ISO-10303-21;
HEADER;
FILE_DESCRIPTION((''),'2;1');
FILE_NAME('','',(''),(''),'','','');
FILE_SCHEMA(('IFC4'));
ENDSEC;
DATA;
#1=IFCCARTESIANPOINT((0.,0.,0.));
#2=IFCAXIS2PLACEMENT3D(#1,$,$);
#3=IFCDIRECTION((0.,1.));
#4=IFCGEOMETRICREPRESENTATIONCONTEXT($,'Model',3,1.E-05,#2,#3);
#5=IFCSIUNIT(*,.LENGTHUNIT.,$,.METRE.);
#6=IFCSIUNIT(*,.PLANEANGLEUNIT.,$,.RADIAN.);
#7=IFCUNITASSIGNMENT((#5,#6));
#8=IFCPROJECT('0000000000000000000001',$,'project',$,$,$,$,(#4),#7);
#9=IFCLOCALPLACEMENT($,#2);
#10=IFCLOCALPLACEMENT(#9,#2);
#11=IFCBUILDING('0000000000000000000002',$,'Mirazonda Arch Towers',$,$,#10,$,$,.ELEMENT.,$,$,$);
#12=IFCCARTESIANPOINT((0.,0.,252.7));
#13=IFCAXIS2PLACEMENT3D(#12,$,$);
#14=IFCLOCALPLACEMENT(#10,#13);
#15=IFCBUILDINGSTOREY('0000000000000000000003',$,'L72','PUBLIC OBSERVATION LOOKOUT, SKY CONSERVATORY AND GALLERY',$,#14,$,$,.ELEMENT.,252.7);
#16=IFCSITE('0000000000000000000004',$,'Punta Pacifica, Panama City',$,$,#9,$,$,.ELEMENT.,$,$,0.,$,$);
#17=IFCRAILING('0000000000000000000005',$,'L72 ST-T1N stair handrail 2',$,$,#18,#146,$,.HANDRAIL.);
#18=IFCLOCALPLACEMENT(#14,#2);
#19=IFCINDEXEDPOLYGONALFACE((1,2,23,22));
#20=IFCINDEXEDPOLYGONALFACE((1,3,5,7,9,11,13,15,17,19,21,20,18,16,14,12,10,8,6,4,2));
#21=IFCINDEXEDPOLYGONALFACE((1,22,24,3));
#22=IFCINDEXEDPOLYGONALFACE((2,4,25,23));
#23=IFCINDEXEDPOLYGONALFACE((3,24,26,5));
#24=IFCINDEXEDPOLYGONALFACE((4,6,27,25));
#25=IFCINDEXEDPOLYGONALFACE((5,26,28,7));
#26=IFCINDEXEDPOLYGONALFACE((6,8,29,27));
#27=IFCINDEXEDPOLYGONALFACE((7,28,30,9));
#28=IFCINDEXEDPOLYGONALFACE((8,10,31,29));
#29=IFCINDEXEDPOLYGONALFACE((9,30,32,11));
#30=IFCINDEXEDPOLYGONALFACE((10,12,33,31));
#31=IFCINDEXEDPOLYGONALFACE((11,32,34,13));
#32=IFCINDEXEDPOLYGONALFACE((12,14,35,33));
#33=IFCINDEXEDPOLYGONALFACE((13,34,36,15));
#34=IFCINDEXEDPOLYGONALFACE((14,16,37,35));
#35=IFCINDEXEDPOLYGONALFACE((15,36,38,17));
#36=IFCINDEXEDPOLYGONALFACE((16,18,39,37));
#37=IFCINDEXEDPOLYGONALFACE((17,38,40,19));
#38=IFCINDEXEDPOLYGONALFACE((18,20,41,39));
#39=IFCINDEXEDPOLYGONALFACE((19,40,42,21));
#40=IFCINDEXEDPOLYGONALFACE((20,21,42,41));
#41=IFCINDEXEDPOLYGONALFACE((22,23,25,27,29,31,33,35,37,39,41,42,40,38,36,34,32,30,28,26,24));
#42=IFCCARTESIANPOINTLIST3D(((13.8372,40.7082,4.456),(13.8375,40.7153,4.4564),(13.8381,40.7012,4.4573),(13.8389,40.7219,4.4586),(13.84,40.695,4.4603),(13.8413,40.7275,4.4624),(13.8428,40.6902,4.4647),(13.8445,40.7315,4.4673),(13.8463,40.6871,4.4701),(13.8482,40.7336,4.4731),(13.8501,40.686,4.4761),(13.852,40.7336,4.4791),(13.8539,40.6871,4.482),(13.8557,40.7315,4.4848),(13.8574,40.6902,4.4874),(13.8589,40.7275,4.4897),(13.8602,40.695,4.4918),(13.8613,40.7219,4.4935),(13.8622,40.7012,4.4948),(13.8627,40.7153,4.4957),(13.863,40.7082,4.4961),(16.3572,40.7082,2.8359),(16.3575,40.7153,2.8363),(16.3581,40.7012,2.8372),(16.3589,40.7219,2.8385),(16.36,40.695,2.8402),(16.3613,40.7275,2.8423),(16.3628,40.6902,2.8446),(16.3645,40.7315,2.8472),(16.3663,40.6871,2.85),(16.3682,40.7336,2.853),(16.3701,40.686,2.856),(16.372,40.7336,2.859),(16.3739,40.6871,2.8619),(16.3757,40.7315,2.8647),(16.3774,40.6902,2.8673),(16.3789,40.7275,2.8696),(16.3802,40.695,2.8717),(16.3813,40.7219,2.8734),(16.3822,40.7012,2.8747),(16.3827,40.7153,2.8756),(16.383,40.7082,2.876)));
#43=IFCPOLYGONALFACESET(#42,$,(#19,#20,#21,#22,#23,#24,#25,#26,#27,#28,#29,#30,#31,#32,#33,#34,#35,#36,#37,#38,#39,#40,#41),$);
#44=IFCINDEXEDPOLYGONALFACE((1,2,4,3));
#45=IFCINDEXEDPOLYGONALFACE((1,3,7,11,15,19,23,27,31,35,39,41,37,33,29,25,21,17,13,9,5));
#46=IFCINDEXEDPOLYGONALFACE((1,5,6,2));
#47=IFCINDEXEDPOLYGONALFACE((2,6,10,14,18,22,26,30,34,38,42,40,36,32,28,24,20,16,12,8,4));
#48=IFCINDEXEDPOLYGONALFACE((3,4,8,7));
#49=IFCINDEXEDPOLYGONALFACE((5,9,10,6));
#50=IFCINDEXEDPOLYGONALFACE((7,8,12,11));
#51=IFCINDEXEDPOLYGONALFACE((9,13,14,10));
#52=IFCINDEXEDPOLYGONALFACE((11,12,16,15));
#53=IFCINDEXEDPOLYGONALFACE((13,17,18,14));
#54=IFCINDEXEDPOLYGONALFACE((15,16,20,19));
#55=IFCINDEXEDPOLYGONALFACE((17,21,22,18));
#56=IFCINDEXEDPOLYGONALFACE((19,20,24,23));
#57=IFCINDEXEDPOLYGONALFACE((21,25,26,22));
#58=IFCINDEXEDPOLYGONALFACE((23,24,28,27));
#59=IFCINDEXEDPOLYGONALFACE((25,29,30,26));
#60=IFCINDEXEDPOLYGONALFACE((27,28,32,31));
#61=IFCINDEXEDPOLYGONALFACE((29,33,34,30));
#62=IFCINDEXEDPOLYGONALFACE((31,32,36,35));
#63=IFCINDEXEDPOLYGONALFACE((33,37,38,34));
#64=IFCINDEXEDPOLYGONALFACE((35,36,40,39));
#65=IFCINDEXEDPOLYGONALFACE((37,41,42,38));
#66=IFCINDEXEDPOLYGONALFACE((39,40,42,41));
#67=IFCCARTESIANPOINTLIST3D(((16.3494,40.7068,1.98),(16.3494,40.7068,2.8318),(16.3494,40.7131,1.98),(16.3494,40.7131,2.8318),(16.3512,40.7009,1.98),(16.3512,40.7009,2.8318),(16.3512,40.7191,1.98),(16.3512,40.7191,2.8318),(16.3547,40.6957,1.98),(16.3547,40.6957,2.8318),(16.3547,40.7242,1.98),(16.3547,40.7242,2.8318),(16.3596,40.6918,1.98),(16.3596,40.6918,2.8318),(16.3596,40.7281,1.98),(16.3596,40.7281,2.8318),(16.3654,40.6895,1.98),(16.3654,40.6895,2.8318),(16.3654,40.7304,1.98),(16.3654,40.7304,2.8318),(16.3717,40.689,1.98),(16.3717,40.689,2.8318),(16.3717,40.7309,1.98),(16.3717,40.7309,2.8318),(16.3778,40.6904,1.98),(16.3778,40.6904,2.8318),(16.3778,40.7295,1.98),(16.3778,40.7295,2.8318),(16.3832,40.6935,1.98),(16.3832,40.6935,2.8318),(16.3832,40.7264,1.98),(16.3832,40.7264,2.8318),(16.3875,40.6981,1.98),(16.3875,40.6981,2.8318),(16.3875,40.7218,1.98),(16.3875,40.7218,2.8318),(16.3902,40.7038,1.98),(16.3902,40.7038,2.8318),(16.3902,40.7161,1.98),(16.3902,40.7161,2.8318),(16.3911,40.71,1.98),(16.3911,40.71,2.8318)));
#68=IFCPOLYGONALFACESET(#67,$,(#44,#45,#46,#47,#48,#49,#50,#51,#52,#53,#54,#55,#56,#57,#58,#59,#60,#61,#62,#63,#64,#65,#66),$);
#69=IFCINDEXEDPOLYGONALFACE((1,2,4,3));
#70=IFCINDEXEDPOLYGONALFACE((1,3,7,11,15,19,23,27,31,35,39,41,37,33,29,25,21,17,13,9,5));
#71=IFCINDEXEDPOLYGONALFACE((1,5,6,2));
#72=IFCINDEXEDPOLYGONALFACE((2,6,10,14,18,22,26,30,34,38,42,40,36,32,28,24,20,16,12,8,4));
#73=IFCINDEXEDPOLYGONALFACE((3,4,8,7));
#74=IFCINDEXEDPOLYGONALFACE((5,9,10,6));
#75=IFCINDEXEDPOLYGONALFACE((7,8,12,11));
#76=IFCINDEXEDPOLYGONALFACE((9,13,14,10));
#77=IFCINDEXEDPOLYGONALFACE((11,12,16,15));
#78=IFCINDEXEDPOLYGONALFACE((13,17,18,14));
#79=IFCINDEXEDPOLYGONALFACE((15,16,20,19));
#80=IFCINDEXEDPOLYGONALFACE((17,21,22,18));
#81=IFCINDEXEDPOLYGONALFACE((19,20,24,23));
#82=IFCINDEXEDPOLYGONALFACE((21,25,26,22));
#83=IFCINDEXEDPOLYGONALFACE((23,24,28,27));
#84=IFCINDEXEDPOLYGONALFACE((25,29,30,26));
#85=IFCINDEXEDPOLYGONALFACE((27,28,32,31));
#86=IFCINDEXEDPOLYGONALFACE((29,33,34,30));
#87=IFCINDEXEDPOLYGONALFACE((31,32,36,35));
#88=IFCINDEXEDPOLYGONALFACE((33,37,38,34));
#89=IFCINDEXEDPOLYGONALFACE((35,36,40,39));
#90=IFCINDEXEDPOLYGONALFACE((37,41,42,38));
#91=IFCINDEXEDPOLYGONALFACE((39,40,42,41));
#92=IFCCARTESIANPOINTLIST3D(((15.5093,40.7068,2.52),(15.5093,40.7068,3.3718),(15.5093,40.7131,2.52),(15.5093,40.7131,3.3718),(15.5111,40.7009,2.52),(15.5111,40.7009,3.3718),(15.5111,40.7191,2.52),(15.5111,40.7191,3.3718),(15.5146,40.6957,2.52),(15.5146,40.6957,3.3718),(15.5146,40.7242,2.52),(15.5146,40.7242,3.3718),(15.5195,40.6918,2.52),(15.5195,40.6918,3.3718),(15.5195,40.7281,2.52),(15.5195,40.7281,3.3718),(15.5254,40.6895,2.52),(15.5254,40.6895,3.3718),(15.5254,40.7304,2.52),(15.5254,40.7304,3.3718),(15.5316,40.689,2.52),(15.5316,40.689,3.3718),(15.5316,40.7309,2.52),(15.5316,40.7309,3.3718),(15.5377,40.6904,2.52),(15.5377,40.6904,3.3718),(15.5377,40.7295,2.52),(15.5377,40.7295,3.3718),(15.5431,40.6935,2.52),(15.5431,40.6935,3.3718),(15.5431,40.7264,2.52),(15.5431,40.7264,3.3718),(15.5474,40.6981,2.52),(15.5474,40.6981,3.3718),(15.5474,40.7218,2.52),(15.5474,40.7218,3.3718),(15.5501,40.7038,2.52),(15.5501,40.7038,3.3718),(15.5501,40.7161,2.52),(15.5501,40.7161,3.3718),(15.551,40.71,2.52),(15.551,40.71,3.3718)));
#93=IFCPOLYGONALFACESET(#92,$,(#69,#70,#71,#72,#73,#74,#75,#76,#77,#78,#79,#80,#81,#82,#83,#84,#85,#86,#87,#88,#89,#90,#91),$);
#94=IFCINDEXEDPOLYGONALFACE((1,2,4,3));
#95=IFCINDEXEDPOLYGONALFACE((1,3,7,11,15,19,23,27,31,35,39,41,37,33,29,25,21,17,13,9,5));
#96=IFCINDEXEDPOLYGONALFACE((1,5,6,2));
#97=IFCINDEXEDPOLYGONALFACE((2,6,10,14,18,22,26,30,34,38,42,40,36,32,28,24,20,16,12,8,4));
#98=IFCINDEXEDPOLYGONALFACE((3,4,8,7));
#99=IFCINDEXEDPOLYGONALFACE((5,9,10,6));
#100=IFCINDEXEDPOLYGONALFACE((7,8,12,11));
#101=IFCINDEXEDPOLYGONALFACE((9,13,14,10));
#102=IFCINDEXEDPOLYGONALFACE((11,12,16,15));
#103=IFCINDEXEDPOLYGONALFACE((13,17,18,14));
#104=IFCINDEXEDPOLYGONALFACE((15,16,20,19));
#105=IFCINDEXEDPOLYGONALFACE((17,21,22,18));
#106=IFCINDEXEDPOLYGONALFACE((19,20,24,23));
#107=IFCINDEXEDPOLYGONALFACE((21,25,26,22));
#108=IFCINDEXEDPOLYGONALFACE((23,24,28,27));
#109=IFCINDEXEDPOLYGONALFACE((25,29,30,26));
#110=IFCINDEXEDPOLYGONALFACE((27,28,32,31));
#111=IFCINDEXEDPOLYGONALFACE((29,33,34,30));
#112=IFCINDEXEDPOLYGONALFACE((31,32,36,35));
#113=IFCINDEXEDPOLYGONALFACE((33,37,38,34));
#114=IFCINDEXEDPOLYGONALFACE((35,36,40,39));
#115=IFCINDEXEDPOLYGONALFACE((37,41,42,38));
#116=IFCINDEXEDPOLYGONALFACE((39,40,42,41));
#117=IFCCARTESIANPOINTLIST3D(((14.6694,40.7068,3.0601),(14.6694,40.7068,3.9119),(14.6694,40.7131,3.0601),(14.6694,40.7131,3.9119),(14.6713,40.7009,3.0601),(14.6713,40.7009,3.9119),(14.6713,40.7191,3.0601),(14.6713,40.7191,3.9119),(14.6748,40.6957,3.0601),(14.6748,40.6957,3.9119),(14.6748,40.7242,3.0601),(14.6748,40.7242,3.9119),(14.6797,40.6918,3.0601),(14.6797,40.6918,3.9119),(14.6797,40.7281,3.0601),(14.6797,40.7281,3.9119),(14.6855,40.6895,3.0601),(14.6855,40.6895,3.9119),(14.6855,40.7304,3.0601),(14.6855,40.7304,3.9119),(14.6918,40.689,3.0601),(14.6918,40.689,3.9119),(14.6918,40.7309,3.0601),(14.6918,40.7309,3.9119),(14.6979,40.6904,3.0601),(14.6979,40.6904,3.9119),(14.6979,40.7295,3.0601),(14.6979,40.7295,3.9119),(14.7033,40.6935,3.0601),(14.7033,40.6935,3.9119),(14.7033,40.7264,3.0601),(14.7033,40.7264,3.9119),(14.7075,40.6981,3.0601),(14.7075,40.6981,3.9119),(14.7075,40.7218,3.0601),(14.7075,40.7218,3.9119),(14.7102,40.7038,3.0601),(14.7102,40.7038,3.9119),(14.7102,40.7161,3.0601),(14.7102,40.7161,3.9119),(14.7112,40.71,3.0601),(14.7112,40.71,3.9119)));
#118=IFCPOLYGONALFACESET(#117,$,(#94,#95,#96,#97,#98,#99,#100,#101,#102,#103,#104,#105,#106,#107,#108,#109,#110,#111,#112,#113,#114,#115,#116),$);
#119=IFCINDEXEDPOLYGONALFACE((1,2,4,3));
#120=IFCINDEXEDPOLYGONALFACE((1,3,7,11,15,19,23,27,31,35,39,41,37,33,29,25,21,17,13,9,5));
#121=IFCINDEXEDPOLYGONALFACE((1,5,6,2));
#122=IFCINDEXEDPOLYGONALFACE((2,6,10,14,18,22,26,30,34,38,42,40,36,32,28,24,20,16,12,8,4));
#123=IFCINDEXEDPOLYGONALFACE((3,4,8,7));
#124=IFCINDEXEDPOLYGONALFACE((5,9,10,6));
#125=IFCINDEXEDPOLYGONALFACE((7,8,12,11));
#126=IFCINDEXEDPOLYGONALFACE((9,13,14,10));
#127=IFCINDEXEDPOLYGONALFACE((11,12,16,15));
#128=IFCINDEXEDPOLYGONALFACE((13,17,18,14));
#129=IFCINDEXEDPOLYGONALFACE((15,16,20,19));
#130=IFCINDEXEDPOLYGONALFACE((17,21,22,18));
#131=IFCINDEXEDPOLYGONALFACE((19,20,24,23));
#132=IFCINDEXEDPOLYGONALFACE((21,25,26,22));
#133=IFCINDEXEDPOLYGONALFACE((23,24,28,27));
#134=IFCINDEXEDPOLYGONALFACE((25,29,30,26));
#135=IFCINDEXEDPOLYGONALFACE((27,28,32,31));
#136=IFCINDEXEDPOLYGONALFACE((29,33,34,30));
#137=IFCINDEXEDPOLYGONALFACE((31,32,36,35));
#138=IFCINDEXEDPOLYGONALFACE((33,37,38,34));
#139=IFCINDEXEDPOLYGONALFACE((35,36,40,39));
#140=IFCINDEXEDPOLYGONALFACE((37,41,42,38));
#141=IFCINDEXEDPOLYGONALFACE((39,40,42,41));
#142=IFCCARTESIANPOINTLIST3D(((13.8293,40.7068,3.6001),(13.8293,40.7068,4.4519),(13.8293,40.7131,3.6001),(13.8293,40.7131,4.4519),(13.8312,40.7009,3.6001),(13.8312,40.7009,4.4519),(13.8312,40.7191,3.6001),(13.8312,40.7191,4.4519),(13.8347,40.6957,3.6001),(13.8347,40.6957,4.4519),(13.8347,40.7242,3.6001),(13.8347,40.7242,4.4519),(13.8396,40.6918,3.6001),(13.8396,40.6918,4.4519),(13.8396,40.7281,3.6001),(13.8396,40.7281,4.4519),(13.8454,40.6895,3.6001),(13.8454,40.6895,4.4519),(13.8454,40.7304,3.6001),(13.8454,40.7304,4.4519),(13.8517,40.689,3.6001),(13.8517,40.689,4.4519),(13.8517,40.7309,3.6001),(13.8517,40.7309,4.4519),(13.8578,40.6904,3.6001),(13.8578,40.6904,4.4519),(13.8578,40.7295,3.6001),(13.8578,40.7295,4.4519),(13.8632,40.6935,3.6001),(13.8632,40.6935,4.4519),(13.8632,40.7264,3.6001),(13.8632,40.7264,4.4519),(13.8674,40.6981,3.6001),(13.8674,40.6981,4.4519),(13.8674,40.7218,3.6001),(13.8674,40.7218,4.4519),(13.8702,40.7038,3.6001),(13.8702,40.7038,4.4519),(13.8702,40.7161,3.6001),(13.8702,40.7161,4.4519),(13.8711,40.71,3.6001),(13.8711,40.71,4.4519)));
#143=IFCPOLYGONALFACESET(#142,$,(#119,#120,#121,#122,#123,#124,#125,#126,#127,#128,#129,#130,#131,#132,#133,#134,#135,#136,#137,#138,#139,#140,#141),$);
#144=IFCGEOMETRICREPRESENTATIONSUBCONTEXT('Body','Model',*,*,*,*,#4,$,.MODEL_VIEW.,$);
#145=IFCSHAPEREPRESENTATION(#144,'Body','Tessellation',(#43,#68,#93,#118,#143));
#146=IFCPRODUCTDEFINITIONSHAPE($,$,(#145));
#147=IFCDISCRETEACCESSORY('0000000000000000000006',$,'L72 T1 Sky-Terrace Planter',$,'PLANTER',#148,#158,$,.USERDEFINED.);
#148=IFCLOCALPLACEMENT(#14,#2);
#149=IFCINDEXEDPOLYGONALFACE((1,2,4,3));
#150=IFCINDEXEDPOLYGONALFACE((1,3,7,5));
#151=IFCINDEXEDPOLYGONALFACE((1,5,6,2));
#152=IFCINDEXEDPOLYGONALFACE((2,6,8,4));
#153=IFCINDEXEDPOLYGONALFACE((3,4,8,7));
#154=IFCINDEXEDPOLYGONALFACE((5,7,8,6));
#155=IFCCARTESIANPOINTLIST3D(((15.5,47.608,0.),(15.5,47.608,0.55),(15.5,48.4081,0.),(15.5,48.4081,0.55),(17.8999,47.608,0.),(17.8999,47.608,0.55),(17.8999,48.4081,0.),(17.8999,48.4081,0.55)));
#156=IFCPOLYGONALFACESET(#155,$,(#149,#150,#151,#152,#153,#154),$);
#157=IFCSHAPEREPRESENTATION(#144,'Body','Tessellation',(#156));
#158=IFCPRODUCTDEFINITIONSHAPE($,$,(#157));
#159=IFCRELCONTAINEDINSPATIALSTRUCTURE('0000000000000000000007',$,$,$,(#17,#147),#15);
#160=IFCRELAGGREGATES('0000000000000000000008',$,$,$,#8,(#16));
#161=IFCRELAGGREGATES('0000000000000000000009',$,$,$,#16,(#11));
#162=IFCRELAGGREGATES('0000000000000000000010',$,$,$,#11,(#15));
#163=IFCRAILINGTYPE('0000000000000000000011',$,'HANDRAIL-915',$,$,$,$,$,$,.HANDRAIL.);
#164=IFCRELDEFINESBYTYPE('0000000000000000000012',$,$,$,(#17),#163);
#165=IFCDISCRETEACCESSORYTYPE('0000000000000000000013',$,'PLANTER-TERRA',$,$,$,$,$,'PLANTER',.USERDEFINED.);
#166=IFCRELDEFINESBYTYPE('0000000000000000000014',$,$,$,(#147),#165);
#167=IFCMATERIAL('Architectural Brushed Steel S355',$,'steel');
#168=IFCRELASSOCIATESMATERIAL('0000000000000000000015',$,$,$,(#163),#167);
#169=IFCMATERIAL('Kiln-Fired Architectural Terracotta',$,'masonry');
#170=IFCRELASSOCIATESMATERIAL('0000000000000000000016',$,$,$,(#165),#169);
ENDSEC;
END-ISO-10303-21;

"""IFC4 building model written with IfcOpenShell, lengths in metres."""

from ifc_helpers import new_model, si_unit, direction, frame, origin, origin_2d, place, context, subcontext, project, spatial, rectangle, circle, extrude, material, type_object, element, save


model = new_model("IFC4")

# Units and contexts
model_context = context("Model", 3, precision=1e-05, world=origin(), true_north=direction((0.0, 1.0)))
body_context = subcontext(model_context, "Body", "Model", "MODEL_VIEW")
ifc_project = project(units=[si_unit("LENGTHUNIT", "METRE"), si_unit("PLANEANGLEUNIT", "RADIAN")], contexts=[model_context])

# Site, building, storey
site_placement = place(None, origin())
site = spatial("IfcSite", under=ifc_project, at=site_placement, Name="Punta Pacifica, Panama City", CompositionType="ELEMENT", RefElevation=0.0)
building_placement = place(site_placement, origin())
building = spatial("IfcBuilding", under=site, at=building_placement, Name="Mirazonda Arch Towers", CompositionType="ELEMENT")
storey_placement = place(building_placement, frame((0.0, 0.0, 252.7)))
storey = spatial("IfcBuildingStorey", under=building, at=storey_placement, Name="L72", Description="PUBLIC OBSERVATION LOOKOUT, SKY CONSERVATORY AND GALLERY", CompositionType="ELEMENT", Elevation=252.7)

# Shared definitions
ifc_material_1 = material(Name="Kiln-Fired Architectural Terracotta", Category="masonry")

# Railing
ifc_material_2 = material(Name="Architectural Brushed Steel S355", Category="steel")
railing_type_1 = type_object("IfcRailingType", Name="HANDRAIL-915", PredefinedType="HANDRAIL", material=ifc_material_2)
railing_1_placement = place(storey_placement, frame((16.3701, 40.71, 1.98)))
element("IfcRailing", 1, at=railing_1_placement, inside=storey, type_object=railing_type_1, Name="L72 ST-T1N stair handrail 2", PredefinedType="HANDRAIL", context=body_context, shape_type="SweptSolid", body=[
    extrude(circle(Radius=0.0239, at=origin_2d()), frame((0.0, 0.0, 0.876), z_axis=(-0.841163, 0.0, 0.540782), x_axis=(0.0, -1.0, 0.0)), (0.0, 0.0, 1.0), 2.9958),
    extrude(circle(Radius=0.021, at=origin_2d()), origin(), (0.0, 0.0, 1.0), 0.8518),
    extrude(circle(Radius=0.021, at=origin_2d()), frame((-0.8401, 0.0, 0.54)), (0.0, 0.0, 1.0), 0.8518),
    extrude(circle(Radius=0.021, at=origin_2d()), frame((-1.6799, 0.0, 1.0801)), (0.0, 0.0, 1.0), 0.8518),
    extrude(circle(Radius=0.021, at=origin_2d()), frame((-2.52, 0.0, 1.6201)), (0.0, 0.0, 1.0), 0.8518),
])

# Discrete accessory
discrete_accessory_type = type_object("IfcDiscreteAccessoryType", Name="PLANTER-TERRA", ElementType="PLANTER", PredefinedType="USERDEFINED", material=ifc_material_1)
discrete_accessory_placement = place(storey_placement, frame((16.7, 48.0081, 0.0), z_axis=(0.0, 0.0, 1.0), x_axis=(1.0, 0.0, 0.0)))
element("IfcDiscreteAccessory", 2, at=discrete_accessory_placement, inside=storey, type_object=discrete_accessory_type, Name="L72 T1 Sky-Terrace Planter", ObjectType="PLANTER", PredefinedType="USERDEFINED", context=body_context, shape_type="SweptSolid", body=[
    extrude(rectangle(XDim=2.3999, YDim=0.8, at=origin_2d()), origin(), (0.0, 0.0, 1.0), 0.55),
])

save(model, "model.ifc")
